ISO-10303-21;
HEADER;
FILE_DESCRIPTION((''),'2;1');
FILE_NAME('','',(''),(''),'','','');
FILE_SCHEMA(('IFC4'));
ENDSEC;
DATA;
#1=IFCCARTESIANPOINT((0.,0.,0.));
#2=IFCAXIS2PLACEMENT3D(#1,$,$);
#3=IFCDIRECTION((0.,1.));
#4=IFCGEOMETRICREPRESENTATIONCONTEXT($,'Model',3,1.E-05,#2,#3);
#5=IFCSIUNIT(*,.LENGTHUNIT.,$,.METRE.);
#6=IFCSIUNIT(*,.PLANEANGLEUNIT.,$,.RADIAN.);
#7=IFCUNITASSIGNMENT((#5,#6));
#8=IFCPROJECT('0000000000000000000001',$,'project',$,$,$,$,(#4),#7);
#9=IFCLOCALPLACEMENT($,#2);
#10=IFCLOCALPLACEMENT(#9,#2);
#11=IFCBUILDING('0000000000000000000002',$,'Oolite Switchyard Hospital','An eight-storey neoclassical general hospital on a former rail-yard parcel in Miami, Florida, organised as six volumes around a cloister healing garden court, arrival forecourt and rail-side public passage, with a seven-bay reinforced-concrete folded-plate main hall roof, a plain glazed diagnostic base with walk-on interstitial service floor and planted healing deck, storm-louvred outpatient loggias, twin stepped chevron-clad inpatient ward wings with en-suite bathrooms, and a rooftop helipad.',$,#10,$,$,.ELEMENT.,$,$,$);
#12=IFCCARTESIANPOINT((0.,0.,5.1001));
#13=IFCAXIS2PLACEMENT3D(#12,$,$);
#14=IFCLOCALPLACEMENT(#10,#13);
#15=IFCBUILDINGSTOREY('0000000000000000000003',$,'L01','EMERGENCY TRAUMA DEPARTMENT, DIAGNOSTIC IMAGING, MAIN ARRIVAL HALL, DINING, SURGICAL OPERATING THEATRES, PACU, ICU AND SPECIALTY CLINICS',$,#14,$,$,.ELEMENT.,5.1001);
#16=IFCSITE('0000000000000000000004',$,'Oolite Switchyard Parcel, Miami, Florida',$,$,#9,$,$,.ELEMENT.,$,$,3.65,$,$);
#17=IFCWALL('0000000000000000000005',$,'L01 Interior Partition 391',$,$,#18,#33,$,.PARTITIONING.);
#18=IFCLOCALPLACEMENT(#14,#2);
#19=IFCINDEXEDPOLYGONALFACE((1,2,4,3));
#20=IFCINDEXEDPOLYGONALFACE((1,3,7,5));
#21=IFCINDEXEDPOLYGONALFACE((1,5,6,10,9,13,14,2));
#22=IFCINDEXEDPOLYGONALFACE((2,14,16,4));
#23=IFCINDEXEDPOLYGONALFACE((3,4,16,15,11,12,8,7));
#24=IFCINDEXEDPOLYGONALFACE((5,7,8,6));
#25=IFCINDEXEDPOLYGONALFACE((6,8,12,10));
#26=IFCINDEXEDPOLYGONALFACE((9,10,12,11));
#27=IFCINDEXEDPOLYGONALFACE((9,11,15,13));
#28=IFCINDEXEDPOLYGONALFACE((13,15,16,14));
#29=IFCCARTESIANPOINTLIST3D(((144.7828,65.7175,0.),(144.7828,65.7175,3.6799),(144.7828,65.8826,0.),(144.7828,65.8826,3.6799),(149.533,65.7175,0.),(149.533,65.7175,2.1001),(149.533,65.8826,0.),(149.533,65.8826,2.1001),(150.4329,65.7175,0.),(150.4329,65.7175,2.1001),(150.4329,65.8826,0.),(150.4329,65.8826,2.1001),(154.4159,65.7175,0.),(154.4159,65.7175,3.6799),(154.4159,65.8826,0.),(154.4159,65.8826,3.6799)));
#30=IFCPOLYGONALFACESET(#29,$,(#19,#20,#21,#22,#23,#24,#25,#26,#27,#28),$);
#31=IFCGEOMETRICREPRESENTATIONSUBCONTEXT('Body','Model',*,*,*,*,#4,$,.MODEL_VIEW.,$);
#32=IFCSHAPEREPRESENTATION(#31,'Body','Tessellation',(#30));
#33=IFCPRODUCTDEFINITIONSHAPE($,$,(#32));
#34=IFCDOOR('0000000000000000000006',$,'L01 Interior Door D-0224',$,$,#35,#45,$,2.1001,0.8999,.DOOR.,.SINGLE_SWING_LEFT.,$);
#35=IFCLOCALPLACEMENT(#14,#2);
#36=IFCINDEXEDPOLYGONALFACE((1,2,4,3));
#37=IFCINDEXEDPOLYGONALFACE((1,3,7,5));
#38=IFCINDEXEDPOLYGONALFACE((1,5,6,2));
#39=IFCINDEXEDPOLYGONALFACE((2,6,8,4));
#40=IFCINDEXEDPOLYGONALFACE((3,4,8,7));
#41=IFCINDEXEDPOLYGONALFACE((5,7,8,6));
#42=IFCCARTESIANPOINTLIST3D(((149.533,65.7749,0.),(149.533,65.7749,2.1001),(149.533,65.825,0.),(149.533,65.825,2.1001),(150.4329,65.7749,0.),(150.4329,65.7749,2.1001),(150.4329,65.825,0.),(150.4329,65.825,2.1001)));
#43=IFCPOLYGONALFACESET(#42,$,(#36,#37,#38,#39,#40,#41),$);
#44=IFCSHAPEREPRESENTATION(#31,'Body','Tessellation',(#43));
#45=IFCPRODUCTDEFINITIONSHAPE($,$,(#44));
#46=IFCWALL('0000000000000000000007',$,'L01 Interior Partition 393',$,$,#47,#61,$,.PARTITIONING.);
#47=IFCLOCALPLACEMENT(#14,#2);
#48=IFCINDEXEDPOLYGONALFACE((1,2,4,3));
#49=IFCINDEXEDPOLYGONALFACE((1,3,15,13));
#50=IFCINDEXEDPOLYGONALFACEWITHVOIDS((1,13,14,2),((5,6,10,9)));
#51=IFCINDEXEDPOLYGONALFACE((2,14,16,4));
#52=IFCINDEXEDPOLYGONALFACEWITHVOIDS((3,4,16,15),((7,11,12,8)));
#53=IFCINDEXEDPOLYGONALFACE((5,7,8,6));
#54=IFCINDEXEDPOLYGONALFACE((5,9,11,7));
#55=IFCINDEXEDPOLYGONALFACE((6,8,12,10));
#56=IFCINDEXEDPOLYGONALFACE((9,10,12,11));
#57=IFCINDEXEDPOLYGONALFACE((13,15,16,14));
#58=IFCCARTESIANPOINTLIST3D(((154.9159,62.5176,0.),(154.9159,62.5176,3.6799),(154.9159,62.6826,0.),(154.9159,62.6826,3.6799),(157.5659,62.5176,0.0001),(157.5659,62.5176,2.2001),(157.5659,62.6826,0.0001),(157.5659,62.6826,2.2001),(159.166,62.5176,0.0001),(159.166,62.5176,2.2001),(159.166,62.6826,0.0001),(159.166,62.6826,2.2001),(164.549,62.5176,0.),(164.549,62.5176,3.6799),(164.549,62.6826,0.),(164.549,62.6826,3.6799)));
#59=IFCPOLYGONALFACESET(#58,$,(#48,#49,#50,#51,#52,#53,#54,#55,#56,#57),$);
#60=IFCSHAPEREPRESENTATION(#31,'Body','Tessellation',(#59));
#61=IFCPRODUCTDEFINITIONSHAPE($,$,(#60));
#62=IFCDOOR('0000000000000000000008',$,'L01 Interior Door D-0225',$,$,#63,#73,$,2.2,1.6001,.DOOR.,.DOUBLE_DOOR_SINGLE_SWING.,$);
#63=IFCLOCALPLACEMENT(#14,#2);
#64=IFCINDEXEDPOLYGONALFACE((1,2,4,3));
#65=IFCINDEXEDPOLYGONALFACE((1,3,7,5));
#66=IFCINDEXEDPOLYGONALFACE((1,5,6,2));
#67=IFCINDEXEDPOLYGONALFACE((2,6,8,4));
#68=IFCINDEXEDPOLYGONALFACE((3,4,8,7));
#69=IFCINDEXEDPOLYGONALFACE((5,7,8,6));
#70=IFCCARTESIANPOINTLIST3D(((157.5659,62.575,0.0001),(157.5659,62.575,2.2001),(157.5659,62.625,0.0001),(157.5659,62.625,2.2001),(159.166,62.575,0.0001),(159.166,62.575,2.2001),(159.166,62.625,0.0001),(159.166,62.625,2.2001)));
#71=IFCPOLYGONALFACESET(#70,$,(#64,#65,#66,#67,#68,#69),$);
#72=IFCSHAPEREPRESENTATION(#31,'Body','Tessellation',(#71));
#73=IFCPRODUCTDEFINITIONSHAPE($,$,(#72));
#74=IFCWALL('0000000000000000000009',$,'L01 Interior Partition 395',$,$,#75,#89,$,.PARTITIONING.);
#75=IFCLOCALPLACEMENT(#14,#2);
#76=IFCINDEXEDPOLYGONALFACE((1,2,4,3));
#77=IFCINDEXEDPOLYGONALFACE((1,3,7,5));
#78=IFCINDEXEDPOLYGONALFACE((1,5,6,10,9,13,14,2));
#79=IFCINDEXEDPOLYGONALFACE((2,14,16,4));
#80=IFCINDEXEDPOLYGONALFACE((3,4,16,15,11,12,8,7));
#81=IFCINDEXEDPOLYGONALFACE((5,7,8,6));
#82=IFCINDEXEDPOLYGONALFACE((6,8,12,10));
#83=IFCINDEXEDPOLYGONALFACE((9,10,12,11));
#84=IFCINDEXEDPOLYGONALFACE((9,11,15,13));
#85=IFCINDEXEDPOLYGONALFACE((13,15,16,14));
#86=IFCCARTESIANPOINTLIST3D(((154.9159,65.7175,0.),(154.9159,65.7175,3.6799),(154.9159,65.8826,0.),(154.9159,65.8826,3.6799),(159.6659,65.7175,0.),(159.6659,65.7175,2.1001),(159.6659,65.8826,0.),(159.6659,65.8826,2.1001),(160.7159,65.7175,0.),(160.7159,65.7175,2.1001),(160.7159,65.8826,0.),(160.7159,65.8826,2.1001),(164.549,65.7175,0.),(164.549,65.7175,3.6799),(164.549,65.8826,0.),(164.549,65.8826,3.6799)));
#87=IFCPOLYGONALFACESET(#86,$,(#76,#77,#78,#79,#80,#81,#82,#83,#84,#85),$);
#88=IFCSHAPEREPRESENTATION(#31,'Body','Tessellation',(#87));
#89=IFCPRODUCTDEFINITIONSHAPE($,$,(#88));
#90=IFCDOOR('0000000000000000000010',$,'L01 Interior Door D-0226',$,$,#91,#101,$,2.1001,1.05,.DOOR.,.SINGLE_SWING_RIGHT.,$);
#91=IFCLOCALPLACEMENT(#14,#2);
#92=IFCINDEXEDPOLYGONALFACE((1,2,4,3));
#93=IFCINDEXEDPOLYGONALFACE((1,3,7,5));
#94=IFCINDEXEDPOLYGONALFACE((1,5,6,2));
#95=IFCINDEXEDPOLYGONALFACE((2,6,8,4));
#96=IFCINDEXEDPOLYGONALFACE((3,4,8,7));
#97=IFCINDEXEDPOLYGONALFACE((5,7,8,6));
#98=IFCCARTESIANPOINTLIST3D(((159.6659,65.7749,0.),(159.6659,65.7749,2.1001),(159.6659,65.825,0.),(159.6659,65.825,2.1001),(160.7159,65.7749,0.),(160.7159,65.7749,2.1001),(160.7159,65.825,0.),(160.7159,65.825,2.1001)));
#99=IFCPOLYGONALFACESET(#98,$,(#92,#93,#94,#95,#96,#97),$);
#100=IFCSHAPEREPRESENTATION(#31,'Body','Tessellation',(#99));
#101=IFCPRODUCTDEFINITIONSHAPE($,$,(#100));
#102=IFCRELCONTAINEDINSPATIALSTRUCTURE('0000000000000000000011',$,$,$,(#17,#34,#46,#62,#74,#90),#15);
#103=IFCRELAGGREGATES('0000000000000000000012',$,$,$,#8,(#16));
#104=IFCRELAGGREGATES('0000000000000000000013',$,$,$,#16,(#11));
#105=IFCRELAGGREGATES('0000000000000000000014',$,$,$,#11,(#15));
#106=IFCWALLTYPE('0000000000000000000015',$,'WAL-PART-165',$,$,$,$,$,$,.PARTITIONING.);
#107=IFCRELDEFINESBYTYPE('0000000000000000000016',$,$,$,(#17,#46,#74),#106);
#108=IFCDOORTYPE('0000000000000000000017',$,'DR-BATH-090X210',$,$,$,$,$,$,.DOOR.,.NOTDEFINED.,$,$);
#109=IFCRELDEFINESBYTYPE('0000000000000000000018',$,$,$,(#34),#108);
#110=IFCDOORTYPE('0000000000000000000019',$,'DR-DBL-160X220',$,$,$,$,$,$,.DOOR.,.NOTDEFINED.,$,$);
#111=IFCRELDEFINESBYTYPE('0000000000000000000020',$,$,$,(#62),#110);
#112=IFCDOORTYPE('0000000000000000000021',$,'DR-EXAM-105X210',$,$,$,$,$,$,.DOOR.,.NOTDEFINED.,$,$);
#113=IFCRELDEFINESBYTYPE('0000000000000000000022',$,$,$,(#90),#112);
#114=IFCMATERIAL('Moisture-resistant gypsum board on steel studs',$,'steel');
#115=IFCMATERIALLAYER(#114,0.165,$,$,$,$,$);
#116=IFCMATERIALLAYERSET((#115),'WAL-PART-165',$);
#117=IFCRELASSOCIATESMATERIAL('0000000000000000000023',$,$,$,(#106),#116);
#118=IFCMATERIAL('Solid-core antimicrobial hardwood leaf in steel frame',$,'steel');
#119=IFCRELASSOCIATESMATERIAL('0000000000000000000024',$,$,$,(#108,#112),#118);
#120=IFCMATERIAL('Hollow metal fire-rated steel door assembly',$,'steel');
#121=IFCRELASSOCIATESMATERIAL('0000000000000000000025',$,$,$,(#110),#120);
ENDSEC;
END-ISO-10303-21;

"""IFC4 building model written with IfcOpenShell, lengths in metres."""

from ifc_helpers import new_model, si_unit, direction, frame, frame_2d, origin, place, context, subcontext, project, spatial, rectangle, extrude, material, layer, layer_set, type_object, element, fill, save


model = new_model("IFC4")

# Units and contexts
model_context = context("Model", 3, precision=1e-05, world=origin(), true_north=direction((0.0, 1.0)))
body_context = subcontext(model_context, "Body", "Model", "MODEL_VIEW")
ifc_project = project(units=[si_unit("LENGTHUNIT", "METRE"), si_unit("PLANEANGLEUNIT", "RADIAN")], contexts=[model_context])

# Site, building, storey
site_placement = place(None, origin())
site = spatial("IfcSite", under=ifc_project, at=site_placement, Name="Oolite Switchyard Parcel, Miami, Florida", CompositionType="ELEMENT", RefElevation=3.65)
building_placement = place(site_placement, origin())
building = spatial("IfcBuilding", under=site, at=building_placement, Name="Oolite Switchyard Hospital", Description="An eight-storey neoclassical general hospital on a former rail-yard parcel in Miami, Florida, organised as six volumes around a cloister healing garden court, arrival forecourt and rail-side public passage, with a seven-bay reinforced-concrete folded-plate main hall roof, a plain glazed diagnostic base with walk-on interstitial service floor and planted healing deck, storm-louvred outpatient loggias, twin stepped chevron-clad inpatient ward wings with en-suite bathrooms, and a rooftop helipad.", CompositionType="ELEMENT")
storey_placement = place(building_placement, frame((0.0, 0.0, 5.1001)))
storey = spatial("IfcBuildingStorey", under=building, at=storey_placement, Name="L01", Description="EMERGENCY TRAUMA DEPARTMENT, DIAGNOSTIC IMAGING, MAIN ARRIVAL HALL, DINING, SURGICAL OPERATING THEATRES, PACU, ICU AND SPECIALTY CLINICS", CompositionType="ELEMENT", Elevation=5.1001)

# Shared definitions
ifc_material_1 = material(Name="Moisture-resistant gypsum board on steel studs", Category="steel")

# Walls, openings, doors
ifc_layer_1 = layer(ifc_material_1, 0.165)
ifc_layer_set_1 = layer_set([ifc_layer_1], Name="WAL-PART-165")
wall_type_1 = type_object("IfcWallType", Name="WAL-PART-165", PredefinedType="PARTITIONING", material=ifc_layer_set_1)
ifc_material_2 = material(Name="Solid-core antimicrobial hardwood leaf in steel frame", Category="steel")
wall_1_placement = place(storey_placement, frame((144.783, 65.8, 0.0), z_axis=(0.0, 0.0, 1.0), x_axis=(1.0, 0.0, 0.0)))
wall_1 = element("IfcWall", 1, at=wall_1_placement, inside=storey, type_object=wall_type_1, Name="L01 Interior Partition 391", PredefinedType="PARTITIONING", context=body_context, shape_type="SweptSolid", body=[
    extrude(rectangle(XDim=9.6331, YDim=0.165, at=frame_2d((4.8164, 0.0))), origin(), (0.0, 0.0, 1.0), 3.6799),
])
opening_1_placement = place(wall_1_placement, frame((4.75, 0.0, 0.0)))
opening_1 = element("IfcOpeningElement", 2, at=opening_1_placement, cuts=wall_1, PredefinedType="OPENING", context=body_context, shape_type="SweptSolid", body=[
    extrude(rectangle(XDim=0.8999, YDim=2.1001, at=frame_2d((0.45, 1.05))), frame((0.0, 0.0925, 0.0), z_axis=(0.0, -1.0, 0.0), x_axis=(1.0, 0.0, 0.0)), (0.0, 0.0, 1.0), 0.1851),
])
door_type_1 = type_object("IfcDoorType", Name="DR-BATH-090X210", OperationType="NOTDEFINED", PredefinedType="DOOR", material=ifc_material_2)
door_1_placement = place(opening_1_placement, origin())
door_1 = element("IfcDoor", 3, at=door_1_placement, inside=storey, type_object=door_type_1, Name="L01 Interior Door D-0224", OperationType="SINGLE_SWING_LEFT", OverallHeight=2.1001, OverallWidth=0.8999, PredefinedType="DOOR", context=body_context, shape_type="SweptSolid", body=[
    extrude(rectangle(XDim=0.8999, YDim=2.1001, at=frame_2d((0.45, 1.05))), frame((0.0, 0.0249, 0.0), z_axis=(0.0, -1.0, 0.0), x_axis=(1.0, 0.0, 0.0)), (0.0, 0.0, 1.0), 0.05),
])
fill(opening_1, door_1)
wall_2_placement = place(storey_placement, frame((154.916, 62.6001, 0.0), z_axis=(0.0, 0.0, 1.0), x_axis=(1.0, 0.0, 0.0)))
wall_2 = element("IfcWall", 4, at=wall_2_placement, inside=storey, type_object=wall_type_1, Name="L01 Interior Partition 393", PredefinedType="PARTITIONING", context=body_context, shape_type="SweptSolid", body=[
    extrude(rectangle(XDim=9.6331, YDim=0.165, at=frame_2d((4.8164, 0.0))), origin(), (0.0, 0.0, 1.0), 3.6799),
])
opening_2_placement = place(wall_2_placement, frame((2.6499, 0.0, 0.0)))
opening_2 = element("IfcOpeningElement", 5, at=opening_2_placement, cuts=wall_2, PredefinedType="OPENING", context=body_context, shape_type="SweptSolid", body=[
    extrude(rectangle(XDim=1.6001, YDim=2.2, at=frame_2d((0.8, 1.1001))), frame((0.0, 0.0925, 0.0), z_axis=(0.0, -1.0, 0.0), x_axis=(1.0, 0.0, 0.0)), (0.0, 0.0, 1.0), 0.1851),
])
ifc_material_3 = material(Name="Hollow metal fire-rated steel door assembly", Category="steel")
door_type_2 = type_object("IfcDoorType", Name="DR-DBL-160X220", OperationType="NOTDEFINED", PredefinedType="DOOR", material=ifc_material_3)
door_2_placement = place(opening_2_placement, origin())
door_2 = element("IfcDoor", 6, at=door_2_placement, inside=storey, type_object=door_type_2, Name="L01 Interior Door D-0225", OperationType="DOUBLE_DOOR_SINGLE_SWING", OverallHeight=2.2, OverallWidth=1.6001, PredefinedType="DOOR", context=body_context, shape_type="SweptSolid", body=[
    extrude(rectangle(XDim=1.6001, YDim=2.2, at=frame_2d((0.8, 1.1001))), frame((0.0, 0.0249, 0.0), z_axis=(0.0, -1.0, 0.0), x_axis=(1.0, 0.0, 0.0)), (0.0, 0.0, 1.0), 0.05),
])
fill(opening_2, door_2)
wall_3_placement = place(storey_placement, frame((154.916, 65.8, 0.0), z_axis=(0.0, 0.0, 1.0), x_axis=(1.0, 0.0, 0.0)))
wall_3 = element("IfcWall", 7, at=wall_3_placement, inside=storey, type_object=wall_type_1, Name="L01 Interior Partition 395", PredefinedType="PARTITIONING", context=body_context, shape_type="SweptSolid", body=[
    extrude(rectangle(XDim=9.6331, YDim=0.165, at=frame_2d((4.8164, 0.0))), origin(), (0.0, 0.0, 1.0), 3.6799),
])
opening_3_placement = place(wall_3_placement, frame((4.75, 0.0, 0.0)))
opening_3 = element("IfcOpeningElement", 8, at=opening_3_placement, cuts=wall_3, PredefinedType="OPENING", context=body_context, shape_type="SweptSolid", body=[
    extrude(rectangle(XDim=1.05, YDim=2.1001, at=frame_2d((0.5249, 1.05))), frame((0.0, 0.0925, 0.0), z_axis=(0.0, -1.0, 0.0), x_axis=(1.0, 0.0, 0.0)), (0.0, 0.0, 1.0), 0.1851),
])
door_type_3 = type_object("IfcDoorType", Name="DR-EXAM-105X210", OperationType="NOTDEFINED", PredefinedType="DOOR", material=ifc_material_2)
door_3_placement = place(opening_3_placement, origin())
door_3 = element("IfcDoor", 9, at=door_3_placement, inside=storey, type_object=door_type_3, Name="L01 Interior Door D-0226", OperationType="SINGLE_SWING_RIGHT", OverallHeight=2.1001, OverallWidth=1.05, PredefinedType="DOOR", context=body_context, shape_type="SweptSolid", body=[
    extrude(rectangle(XDim=1.05, YDim=2.1001, at=frame_2d((0.5249, 1.05))), frame((0.0, 0.0249, 0.0), z_axis=(0.0, -1.0, 0.0), x_axis=(1.0, 0.0, 0.0)), (0.0, 0.0, 1.0), 0.05),
])
fill(opening_3, door_3)

save(model, "model.ifc")
